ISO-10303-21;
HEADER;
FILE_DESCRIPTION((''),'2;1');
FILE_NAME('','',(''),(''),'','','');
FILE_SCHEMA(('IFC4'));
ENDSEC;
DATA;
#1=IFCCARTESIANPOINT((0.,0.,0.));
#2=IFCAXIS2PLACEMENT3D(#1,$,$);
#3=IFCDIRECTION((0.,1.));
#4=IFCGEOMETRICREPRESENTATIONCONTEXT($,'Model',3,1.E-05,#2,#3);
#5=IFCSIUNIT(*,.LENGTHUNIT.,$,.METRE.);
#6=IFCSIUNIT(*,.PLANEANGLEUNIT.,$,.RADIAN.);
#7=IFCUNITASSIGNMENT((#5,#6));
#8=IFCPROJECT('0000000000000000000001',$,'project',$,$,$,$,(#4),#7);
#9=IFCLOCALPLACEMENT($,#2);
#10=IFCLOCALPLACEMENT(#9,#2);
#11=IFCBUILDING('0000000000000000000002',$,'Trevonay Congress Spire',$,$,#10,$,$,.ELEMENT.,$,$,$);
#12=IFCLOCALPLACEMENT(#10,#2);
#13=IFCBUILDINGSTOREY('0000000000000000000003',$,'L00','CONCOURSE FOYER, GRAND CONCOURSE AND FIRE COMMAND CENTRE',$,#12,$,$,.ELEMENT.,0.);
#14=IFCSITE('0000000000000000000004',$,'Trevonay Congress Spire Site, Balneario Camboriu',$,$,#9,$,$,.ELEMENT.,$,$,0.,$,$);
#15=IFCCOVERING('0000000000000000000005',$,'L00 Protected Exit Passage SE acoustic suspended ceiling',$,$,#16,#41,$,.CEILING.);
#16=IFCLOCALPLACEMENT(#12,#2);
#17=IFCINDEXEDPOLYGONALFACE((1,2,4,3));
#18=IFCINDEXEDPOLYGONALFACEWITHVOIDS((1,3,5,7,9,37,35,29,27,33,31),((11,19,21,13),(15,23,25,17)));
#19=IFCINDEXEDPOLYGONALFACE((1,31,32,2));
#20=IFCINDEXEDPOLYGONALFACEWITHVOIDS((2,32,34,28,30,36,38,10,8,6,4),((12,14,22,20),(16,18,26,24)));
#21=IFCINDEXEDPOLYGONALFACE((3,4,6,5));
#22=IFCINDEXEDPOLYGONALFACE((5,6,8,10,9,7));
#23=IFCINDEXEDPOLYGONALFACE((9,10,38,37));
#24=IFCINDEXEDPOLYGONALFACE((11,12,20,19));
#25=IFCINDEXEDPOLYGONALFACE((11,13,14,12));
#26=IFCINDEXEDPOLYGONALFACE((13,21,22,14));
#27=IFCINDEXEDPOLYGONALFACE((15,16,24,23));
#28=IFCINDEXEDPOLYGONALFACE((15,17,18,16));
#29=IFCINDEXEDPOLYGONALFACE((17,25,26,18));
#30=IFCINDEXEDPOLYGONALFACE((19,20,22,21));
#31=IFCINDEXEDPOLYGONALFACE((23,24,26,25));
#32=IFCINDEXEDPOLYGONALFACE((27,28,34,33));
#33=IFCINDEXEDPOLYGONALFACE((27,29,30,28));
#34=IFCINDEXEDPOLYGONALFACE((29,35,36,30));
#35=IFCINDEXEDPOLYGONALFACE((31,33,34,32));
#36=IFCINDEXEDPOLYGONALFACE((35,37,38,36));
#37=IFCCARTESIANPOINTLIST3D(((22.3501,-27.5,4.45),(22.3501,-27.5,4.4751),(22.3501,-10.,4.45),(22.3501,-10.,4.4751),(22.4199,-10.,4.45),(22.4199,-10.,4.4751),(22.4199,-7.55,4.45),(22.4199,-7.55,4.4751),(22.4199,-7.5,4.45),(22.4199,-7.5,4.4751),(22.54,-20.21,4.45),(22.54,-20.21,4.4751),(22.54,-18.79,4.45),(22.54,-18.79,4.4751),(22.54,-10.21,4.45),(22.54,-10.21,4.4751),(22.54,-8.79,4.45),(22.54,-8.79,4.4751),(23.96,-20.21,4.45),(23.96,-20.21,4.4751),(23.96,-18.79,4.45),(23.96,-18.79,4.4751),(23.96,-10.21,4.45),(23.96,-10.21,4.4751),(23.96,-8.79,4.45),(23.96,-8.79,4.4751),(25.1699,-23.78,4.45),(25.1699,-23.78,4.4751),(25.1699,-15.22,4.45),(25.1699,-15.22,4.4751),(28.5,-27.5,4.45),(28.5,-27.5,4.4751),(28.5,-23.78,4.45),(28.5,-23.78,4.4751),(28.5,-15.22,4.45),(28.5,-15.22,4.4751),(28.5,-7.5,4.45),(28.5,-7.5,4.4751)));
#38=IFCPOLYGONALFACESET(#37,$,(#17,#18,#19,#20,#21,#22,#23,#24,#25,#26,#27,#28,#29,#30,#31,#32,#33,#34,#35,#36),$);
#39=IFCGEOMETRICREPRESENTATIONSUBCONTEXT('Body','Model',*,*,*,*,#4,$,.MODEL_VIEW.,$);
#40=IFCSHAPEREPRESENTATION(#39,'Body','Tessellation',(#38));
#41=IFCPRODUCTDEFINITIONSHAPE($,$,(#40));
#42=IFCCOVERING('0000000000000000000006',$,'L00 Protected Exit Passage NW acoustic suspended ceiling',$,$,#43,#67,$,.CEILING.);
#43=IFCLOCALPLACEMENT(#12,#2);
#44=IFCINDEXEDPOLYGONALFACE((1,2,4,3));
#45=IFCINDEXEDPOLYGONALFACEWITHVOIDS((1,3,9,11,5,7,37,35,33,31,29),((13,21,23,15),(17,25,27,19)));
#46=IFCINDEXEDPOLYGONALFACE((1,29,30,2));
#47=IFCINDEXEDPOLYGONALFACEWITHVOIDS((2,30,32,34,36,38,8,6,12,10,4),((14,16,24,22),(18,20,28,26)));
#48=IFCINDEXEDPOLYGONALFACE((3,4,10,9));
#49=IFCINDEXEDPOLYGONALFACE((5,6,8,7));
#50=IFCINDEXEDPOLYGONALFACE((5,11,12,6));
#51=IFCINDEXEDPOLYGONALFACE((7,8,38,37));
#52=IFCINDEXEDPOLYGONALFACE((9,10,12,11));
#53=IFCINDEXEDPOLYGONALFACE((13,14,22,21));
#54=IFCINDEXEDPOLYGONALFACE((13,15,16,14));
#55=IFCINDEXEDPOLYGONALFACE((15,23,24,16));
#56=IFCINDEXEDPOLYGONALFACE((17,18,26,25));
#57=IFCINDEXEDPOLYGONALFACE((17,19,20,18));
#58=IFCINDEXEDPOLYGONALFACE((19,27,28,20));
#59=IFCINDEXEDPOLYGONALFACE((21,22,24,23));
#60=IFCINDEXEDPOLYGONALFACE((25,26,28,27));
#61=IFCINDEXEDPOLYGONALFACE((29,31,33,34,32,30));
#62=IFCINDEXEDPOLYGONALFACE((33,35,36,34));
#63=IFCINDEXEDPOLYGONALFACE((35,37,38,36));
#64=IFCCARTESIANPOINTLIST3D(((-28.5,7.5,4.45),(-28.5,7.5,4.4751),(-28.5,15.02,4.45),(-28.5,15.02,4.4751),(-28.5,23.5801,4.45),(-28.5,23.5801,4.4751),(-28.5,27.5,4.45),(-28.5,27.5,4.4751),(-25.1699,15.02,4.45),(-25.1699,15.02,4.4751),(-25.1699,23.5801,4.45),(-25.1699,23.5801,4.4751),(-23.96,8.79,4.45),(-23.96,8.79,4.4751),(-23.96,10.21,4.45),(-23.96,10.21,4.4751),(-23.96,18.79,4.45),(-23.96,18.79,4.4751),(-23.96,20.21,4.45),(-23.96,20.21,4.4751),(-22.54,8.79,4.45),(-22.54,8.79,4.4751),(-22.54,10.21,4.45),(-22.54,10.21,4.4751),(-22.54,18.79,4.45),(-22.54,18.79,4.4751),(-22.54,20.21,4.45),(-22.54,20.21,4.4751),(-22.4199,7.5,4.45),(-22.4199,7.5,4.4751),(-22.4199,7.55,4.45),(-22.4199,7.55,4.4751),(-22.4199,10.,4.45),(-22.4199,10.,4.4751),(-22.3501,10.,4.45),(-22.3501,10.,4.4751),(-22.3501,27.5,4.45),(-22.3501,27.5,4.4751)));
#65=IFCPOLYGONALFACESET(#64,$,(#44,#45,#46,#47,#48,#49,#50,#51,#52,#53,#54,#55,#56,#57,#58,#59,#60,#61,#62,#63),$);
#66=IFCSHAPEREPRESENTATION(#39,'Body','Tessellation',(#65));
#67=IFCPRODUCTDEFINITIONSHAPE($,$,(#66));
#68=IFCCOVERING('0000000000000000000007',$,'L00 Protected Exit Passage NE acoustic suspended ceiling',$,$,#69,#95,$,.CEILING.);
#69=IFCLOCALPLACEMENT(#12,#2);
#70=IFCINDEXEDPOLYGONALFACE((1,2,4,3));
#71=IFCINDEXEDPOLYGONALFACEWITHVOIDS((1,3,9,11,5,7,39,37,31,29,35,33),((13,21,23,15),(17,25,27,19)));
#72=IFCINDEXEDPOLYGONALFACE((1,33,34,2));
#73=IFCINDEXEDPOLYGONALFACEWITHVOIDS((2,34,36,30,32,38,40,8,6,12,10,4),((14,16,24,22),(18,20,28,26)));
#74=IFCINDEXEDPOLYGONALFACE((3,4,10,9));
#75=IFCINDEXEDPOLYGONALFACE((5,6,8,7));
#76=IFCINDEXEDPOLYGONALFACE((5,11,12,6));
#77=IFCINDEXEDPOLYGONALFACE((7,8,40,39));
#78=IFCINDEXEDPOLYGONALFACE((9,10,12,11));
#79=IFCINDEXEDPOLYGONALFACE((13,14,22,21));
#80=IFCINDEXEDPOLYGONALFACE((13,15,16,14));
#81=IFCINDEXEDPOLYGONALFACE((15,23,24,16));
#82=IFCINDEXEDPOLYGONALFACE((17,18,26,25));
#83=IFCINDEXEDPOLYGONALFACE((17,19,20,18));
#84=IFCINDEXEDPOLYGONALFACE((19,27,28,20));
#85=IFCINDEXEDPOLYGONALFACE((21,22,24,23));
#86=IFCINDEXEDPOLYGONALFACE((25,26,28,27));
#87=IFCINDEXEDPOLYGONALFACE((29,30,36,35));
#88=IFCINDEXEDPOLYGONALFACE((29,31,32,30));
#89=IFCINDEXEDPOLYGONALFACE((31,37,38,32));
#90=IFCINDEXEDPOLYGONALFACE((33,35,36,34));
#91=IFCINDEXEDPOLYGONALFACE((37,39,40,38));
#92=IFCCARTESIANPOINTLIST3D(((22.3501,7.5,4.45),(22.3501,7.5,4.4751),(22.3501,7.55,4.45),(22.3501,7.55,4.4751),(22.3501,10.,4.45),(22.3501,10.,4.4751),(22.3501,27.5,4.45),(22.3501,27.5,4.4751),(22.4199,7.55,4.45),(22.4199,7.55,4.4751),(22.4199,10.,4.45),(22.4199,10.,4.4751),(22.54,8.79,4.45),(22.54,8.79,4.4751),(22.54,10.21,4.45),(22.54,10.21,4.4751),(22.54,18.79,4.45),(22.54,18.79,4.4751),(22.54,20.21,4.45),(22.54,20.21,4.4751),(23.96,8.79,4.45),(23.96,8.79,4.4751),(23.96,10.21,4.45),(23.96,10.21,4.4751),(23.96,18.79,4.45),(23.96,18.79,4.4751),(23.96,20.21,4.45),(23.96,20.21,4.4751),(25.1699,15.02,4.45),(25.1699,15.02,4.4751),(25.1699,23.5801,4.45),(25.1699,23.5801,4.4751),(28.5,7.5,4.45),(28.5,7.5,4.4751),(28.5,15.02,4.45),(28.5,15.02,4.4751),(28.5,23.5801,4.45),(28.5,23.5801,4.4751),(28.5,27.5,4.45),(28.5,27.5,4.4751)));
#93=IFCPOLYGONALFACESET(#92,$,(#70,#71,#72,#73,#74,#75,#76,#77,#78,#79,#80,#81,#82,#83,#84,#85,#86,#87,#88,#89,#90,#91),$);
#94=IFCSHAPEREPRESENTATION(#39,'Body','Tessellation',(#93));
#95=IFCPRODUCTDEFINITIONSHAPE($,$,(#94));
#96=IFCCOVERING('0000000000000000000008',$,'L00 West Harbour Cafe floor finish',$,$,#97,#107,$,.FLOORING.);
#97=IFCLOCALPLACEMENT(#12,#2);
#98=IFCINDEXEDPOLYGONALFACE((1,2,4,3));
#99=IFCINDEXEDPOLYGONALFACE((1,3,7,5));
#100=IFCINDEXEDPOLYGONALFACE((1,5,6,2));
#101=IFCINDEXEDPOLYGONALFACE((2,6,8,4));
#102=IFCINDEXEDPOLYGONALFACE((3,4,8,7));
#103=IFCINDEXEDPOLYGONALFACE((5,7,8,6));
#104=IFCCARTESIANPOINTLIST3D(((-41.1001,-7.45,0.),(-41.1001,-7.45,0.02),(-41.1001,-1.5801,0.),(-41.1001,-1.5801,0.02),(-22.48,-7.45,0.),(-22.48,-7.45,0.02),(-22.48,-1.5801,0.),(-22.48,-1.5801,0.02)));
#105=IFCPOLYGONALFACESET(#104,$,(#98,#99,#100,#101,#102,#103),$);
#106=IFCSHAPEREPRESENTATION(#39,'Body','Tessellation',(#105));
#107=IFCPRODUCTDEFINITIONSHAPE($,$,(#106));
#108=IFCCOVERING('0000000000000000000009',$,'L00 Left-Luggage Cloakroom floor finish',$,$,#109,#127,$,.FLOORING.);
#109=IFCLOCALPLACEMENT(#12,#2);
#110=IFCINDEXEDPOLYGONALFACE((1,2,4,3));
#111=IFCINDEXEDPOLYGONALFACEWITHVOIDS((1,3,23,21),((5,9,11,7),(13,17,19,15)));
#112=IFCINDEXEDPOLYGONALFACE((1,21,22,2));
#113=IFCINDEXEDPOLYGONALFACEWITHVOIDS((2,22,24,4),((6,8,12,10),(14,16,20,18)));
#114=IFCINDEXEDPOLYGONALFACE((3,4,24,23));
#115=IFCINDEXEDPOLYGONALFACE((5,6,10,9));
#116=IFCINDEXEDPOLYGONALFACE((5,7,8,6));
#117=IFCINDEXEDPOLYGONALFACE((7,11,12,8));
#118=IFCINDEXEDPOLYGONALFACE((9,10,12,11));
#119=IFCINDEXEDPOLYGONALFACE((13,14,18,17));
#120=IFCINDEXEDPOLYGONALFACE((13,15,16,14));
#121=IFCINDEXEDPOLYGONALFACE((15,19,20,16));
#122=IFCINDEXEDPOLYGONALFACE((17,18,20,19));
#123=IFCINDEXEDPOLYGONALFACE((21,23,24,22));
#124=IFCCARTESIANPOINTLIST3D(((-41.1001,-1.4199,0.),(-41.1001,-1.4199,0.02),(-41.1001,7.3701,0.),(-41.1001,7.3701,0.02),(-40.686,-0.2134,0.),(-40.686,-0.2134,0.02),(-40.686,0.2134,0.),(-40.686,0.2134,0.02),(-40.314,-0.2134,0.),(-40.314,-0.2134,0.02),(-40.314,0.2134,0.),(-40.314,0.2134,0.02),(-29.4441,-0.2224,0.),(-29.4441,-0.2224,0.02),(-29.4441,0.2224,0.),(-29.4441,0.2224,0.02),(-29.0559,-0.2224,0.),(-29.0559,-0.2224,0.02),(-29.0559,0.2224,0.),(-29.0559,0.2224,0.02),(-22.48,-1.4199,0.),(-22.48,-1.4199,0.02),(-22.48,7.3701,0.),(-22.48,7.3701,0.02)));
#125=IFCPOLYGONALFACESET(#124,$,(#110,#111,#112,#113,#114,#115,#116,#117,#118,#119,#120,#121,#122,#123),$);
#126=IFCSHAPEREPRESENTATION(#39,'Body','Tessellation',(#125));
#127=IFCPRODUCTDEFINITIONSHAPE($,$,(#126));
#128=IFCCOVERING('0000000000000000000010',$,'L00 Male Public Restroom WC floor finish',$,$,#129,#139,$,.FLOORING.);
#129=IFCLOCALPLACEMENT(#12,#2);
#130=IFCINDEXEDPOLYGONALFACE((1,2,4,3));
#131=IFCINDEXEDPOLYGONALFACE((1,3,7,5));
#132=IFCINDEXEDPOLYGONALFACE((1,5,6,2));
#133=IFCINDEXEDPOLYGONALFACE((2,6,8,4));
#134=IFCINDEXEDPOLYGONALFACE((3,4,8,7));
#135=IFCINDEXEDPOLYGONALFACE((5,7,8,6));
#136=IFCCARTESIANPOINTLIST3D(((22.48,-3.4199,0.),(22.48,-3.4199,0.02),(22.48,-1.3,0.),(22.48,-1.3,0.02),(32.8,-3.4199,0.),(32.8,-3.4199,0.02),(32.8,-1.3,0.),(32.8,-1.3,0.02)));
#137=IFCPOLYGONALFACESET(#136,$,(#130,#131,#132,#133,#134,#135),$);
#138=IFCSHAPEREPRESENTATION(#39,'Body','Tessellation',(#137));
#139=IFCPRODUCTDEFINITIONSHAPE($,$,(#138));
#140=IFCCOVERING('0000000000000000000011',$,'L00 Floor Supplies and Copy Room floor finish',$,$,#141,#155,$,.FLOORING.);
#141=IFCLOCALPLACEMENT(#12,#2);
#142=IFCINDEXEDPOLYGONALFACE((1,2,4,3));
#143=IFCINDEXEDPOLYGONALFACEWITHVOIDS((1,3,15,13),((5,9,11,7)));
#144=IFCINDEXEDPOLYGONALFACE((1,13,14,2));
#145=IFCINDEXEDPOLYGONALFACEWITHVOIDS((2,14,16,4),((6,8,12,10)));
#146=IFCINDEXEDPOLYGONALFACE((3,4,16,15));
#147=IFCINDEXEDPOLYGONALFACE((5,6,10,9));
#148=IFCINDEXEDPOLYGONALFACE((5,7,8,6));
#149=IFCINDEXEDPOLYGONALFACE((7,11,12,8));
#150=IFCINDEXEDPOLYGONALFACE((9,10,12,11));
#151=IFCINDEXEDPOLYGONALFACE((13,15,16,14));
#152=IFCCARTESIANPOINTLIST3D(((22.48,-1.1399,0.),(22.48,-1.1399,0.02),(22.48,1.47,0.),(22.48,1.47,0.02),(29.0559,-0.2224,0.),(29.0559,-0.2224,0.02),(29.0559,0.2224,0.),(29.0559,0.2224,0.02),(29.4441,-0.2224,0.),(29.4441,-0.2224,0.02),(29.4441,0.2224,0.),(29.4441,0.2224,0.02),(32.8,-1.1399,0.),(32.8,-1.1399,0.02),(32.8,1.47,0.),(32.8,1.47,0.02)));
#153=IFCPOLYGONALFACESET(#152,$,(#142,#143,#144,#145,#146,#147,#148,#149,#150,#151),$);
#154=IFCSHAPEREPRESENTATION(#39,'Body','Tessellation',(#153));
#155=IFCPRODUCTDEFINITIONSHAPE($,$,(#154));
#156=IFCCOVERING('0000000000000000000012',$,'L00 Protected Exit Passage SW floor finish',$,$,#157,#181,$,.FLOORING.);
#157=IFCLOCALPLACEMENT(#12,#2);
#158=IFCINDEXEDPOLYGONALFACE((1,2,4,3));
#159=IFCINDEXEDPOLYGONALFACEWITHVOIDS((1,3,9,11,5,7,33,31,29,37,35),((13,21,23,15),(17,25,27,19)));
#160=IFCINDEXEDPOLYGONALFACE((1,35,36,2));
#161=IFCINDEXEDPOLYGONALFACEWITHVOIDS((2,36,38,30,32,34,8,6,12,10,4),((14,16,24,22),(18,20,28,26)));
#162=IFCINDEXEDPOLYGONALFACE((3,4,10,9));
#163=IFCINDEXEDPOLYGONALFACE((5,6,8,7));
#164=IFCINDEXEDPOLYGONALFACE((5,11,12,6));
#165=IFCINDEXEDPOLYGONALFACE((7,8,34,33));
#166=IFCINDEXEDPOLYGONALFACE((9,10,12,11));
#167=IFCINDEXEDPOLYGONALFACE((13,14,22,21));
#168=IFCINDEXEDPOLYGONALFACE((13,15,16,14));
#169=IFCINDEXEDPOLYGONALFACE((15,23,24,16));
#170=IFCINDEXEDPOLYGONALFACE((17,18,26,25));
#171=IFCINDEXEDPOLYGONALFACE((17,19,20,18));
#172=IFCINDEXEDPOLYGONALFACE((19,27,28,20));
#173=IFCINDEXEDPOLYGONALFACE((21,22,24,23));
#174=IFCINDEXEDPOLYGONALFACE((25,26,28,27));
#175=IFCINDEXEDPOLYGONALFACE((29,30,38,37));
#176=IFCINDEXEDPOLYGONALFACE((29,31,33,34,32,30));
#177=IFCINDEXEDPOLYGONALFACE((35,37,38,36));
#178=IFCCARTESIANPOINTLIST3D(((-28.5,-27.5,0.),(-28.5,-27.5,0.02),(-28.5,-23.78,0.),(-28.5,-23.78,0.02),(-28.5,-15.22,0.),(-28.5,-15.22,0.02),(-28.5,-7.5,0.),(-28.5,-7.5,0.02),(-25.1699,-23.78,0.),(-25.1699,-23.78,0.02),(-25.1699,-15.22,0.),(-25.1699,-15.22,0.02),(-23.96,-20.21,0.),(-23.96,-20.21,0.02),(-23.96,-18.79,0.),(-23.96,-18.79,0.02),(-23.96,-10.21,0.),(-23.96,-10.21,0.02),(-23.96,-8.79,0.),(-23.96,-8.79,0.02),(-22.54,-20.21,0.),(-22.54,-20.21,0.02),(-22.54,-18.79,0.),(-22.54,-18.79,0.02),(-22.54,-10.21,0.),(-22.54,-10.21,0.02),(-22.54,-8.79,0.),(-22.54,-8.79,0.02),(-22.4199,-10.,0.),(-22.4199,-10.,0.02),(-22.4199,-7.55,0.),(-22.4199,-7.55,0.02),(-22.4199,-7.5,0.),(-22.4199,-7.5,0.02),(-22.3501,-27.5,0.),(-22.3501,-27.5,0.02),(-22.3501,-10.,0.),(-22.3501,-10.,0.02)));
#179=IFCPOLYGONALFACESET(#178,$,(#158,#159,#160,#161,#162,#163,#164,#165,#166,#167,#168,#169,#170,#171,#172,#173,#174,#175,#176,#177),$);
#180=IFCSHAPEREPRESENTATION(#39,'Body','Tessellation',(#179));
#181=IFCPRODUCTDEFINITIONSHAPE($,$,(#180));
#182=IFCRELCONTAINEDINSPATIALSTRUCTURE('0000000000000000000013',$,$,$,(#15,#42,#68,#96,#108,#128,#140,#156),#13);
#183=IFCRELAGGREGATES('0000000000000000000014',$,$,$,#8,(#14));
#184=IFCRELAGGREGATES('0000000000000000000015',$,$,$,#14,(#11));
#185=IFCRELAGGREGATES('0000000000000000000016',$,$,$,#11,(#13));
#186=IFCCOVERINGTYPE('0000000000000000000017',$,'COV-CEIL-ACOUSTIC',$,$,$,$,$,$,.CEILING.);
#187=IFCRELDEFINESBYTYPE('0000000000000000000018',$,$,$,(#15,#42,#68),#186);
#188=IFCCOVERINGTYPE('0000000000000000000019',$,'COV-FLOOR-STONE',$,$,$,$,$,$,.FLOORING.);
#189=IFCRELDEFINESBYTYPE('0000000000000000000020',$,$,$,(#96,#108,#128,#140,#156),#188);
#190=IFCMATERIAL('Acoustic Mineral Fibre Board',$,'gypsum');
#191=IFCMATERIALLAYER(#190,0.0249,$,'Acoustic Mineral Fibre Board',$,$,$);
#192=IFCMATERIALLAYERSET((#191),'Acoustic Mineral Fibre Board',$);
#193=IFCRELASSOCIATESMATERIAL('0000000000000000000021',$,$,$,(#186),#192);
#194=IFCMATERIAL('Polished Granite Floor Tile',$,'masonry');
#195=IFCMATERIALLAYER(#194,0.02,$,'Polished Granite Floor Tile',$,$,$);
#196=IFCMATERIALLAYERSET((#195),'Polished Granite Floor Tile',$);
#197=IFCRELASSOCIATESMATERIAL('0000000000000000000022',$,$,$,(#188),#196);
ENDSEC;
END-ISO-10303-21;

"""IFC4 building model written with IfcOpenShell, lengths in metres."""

from ifc_helpers import new_model, si_unit, direction, frame, origin, place, context, subcontext, project, spatial, polyline, outline, extrude, material, layer, layer_set, type_object, element, save


model = new_model("IFC4")

# Units and contexts
model_context = context("Model", 3, precision=1e-05, world=origin(), true_north=direction((0.0, 1.0)))
body_context = subcontext(model_context, "Body", "Model", "MODEL_VIEW")
ifc_project = project(units=[si_unit("LENGTHUNIT", "METRE"), si_unit("PLANEANGLEUNIT", "RADIAN")], contexts=[model_context])

# Site, building, storey
site_placement = place(None, origin())
site = spatial("IfcSite", under=ifc_project, at=site_placement, Name="Trevonay Congress Spire Site, Balneario Camboriu", CompositionType="ELEMENT", RefElevation=0.0)
building_placement = place(site_placement, origin())
building = spatial("IfcBuilding", under=site, at=building_placement, Name="Trevonay Congress Spire", CompositionType="ELEMENT")
storey_placement = place(building_placement, origin())
storey = spatial("IfcBuildingStorey", under=building, at=storey_placement, Name="L00", Description="CONCOURSE FOYER, GRAND CONCOURSE AND FIRE COMMAND CENTRE", CompositionType="ELEMENT", Elevation=0.0)

# Coverings
ifc_material_1 = material(Name="Acoustic Mineral Fibre Board", Category="gypsum")
ifc_layer_1 = layer(ifc_material_1, 0.0249, Name="Acoustic Mineral Fibre Board")
ifc_layer_set_1 = layer_set([ifc_layer_1], Name="Acoustic Mineral Fibre Board")
covering_type_1 = type_object("IfcCoveringType", Name="COV-CEIL-ACOUSTIC", PredefinedType="CEILING", material=ifc_layer_set_1)
covering_1_placement = place(storey_placement, frame((0.0, 0.0, 4.45)))
element("IfcCovering", 1, at=covering_1_placement, inside=storey, type_object=covering_type_1, Name="L00 Protected Exit Passage SE acoustic suspended ceiling", PredefinedType="CEILING", context=body_context, shape_type="SweptSolid", body=[
    extrude(outline(polyline([(25.1699, -15.22), (25.1699, -23.78), (28.5, -23.78), (28.5, -27.5), (22.3501, -27.5), (22.3501, -10.0), (22.4199, -10.0), (22.4199, -7.55), (22.4199, -7.5), (28.5, -7.5), (28.5, -15.22), (25.1699, -15.22)]), holes=[polyline([(23.96, -20.21), (23.96, -18.79), (22.54, -18.79), (22.54, -20.21), (23.96, -20.21)]), polyline([(23.96, -10.21), (23.96, -8.79), (22.54, -8.79), (22.54, -10.21), (23.96, -10.21)])]), origin(), (0.0, 0.0, 1.0), 0.0251),
])
covering_2_placement = place(storey_placement, frame((0.0, 0.0, 4.45)))
element("IfcCovering", 2, at=covering_2_placement, inside=storey, type_object=covering_type_1, Name="L00 Protected Exit Passage NW acoustic suspended ceiling", PredefinedType="CEILING", context=body_context, shape_type="SweptSolid", body=[
    extrude(outline(polyline([(-28.5, 23.5801), (-28.5, 27.5), (-22.3501, 27.5), (-22.3501, 10.0), (-22.4199, 10.0), (-22.4199, 7.55), (-22.4199, 7.5), (-28.5, 7.5), (-28.5, 15.02), (-25.1699, 15.02), (-25.1699, 23.5801), (-28.5, 23.5801)]), holes=[polyline([(-22.54, 8.79), (-22.54, 10.21), (-23.96, 10.21), (-23.96, 8.79), (-22.54, 8.79)]), polyline([(-22.54, 18.79), (-22.54, 20.21), (-23.96, 20.21), (-23.96, 18.79), (-22.54, 18.79)])]), origin(), (0.0, 0.0, 1.0), 0.0251),
])
covering_3_placement = place(storey_placement, frame((0.0, 0.0, 4.45)))
element("IfcCovering", 3, at=covering_3_placement, inside=storey, type_object=covering_type_1, Name="L00 Protected Exit Passage NE acoustic suspended ceiling", PredefinedType="CEILING", context=body_context, shape_type="SweptSolid", body=[
    extrude(outline(polyline([(25.1699, 23.5801), (25.1699, 15.02), (28.5, 15.02), (28.5, 7.5), (22.3501, 7.5), (22.3501, 7.55), (22.4199, 7.55), (22.4199, 10.0), (22.3501, 10.0), (22.3501, 27.5), (28.5, 27.5), (28.5, 23.5801), (25.1699, 23.5801)]), holes=[polyline([(23.96, 8.79), (23.96, 10.21), (22.54, 10.21), (22.54, 8.79), (23.96, 8.79)]), polyline([(23.96, 18.79), (23.96, 20.21), (22.54, 20.21), (22.54, 18.79), (23.96, 18.79)])]), origin(), (0.0, 0.0, 1.0), 0.0251),
])
ifc_material_2 = material(Name="Polished Granite Floor Tile", Category="masonry")
ifc_layer_2 = layer(ifc_material_2, 0.02, Name="Polished Granite Floor Tile")
ifc_layer_set_2 = layer_set([ifc_layer_2], Name="Polished Granite Floor Tile")
covering_type_2 = type_object("IfcCoveringType", Name="COV-FLOOR-STONE", PredefinedType="FLOORING", material=ifc_layer_set_2)
covering_4_placement = place(storey_placement, origin())
element("IfcCovering", 4, at=covering_4_placement, inside=storey, type_object=covering_type_2, Name="L00 West Harbour Cafe floor finish", PredefinedType="FLOORING", context=body_context, shape_type="SweptSolid", body=[
    extrude(outline(polyline([(-41.1001, -7.45), (-22.48, -7.45), (-22.48, -1.5801), (-41.1001, -1.5801), (-41.1001, -7.45)])), origin(), (0.0, 0.0, 1.0), 0.02),
])
covering_5_placement = place(storey_placement, origin())
element("IfcCovering", 5, at=covering_5_placement, inside=storey, type_object=covering_type_2, Name="L00 Left-Luggage Cloakroom floor finish", PredefinedType="FLOORING", context=body_context, shape_type="SweptSolid", body=[
    extrude(outline(polyline([(-41.1001, 7.3701), (-22.48, 7.3701), (-22.48, -1.4199), (-41.1001, -1.4199), (-41.1001, 7.3701)]), holes=[polyline([(-40.686, -0.2134), (-40.314, -0.2134), (-40.314, 0.2134), (-40.686, 0.2134), (-40.686, -0.2134)]), polyline([(-29.4441, -0.2224), (-29.0559, -0.2224), (-29.0559, 0.2224), (-29.4441, 0.2224), (-29.4441, -0.2224)])]), origin(), (0.0, 0.0, 1.0), 0.02),
])
covering_6_placement = place(storey_placement, origin())
element("IfcCovering", 6, at=covering_6_placement, inside=storey, type_object=covering_type_2, Name="L00 Male Public Restroom WC floor finish", PredefinedType="FLOORING", context=body_context, shape_type="SweptSolid", body=[
    extrude(outline(polyline([(22.48, -3.4199), (32.8, -3.4199), (32.8, -1.3), (22.48, -1.3), (22.48, -3.4199)])), origin(), (0.0, 0.0, 1.0), 0.02),
])
covering_7_placement = place(storey_placement, origin())
element("IfcCovering", 7, at=covering_7_placement, inside=storey, type_object=covering_type_2, Name="L00 Floor Supplies and Copy Room floor finish", PredefinedType="FLOORING", context=body_context, shape_type="SweptSolid", body=[
    extrude(outline(polyline([(22.48, 1.47), (32.8, 1.47), (32.8, -1.1399), (22.48, -1.1399), (22.48, 1.47)]), holes=[polyline([(29.4441, -0.2224), (29.4441, 0.2224), (29.0559, 0.2224), (29.0559, -0.2224), (29.4441, -0.2224)])]), origin(), (0.0, 0.0, 1.0), 0.02),
])
covering_8_placement = place(storey_placement, origin())
element("IfcCovering", 8, at=covering_8_placement, inside=storey, type_object=covering_type_2, Name="L00 Protected Exit Passage SW floor finish", PredefinedType="FLOORING", context=body_context, shape_type="SweptSolid", body=[
    extrude(outline(polyline([(-28.5, -15.22), (-28.5, -7.5), (-22.4199, -7.5), (-22.4199, -7.55), (-22.4199, -10.0), (-22.3501, -10.0), (-22.3501, -27.5), (-28.5, -27.5), (-28.5, -23.78), (-25.1699, -23.78), (-25.1699, -15.22), (-28.5, -15.22)]), holes=[polyline([(-22.54, -20.21), (-22.54, -18.79), (-23.96, -18.79), (-23.96, -20.21), (-22.54, -20.21)]), polyline([(-22.54, -10.21), (-22.54, -8.79), (-23.96, -8.79), (-23.96, -10.21), (-22.54, -10.21)])]), origin(), (0.0, 0.0, 1.0), 0.02),
])

save(model, "model.ifc")
